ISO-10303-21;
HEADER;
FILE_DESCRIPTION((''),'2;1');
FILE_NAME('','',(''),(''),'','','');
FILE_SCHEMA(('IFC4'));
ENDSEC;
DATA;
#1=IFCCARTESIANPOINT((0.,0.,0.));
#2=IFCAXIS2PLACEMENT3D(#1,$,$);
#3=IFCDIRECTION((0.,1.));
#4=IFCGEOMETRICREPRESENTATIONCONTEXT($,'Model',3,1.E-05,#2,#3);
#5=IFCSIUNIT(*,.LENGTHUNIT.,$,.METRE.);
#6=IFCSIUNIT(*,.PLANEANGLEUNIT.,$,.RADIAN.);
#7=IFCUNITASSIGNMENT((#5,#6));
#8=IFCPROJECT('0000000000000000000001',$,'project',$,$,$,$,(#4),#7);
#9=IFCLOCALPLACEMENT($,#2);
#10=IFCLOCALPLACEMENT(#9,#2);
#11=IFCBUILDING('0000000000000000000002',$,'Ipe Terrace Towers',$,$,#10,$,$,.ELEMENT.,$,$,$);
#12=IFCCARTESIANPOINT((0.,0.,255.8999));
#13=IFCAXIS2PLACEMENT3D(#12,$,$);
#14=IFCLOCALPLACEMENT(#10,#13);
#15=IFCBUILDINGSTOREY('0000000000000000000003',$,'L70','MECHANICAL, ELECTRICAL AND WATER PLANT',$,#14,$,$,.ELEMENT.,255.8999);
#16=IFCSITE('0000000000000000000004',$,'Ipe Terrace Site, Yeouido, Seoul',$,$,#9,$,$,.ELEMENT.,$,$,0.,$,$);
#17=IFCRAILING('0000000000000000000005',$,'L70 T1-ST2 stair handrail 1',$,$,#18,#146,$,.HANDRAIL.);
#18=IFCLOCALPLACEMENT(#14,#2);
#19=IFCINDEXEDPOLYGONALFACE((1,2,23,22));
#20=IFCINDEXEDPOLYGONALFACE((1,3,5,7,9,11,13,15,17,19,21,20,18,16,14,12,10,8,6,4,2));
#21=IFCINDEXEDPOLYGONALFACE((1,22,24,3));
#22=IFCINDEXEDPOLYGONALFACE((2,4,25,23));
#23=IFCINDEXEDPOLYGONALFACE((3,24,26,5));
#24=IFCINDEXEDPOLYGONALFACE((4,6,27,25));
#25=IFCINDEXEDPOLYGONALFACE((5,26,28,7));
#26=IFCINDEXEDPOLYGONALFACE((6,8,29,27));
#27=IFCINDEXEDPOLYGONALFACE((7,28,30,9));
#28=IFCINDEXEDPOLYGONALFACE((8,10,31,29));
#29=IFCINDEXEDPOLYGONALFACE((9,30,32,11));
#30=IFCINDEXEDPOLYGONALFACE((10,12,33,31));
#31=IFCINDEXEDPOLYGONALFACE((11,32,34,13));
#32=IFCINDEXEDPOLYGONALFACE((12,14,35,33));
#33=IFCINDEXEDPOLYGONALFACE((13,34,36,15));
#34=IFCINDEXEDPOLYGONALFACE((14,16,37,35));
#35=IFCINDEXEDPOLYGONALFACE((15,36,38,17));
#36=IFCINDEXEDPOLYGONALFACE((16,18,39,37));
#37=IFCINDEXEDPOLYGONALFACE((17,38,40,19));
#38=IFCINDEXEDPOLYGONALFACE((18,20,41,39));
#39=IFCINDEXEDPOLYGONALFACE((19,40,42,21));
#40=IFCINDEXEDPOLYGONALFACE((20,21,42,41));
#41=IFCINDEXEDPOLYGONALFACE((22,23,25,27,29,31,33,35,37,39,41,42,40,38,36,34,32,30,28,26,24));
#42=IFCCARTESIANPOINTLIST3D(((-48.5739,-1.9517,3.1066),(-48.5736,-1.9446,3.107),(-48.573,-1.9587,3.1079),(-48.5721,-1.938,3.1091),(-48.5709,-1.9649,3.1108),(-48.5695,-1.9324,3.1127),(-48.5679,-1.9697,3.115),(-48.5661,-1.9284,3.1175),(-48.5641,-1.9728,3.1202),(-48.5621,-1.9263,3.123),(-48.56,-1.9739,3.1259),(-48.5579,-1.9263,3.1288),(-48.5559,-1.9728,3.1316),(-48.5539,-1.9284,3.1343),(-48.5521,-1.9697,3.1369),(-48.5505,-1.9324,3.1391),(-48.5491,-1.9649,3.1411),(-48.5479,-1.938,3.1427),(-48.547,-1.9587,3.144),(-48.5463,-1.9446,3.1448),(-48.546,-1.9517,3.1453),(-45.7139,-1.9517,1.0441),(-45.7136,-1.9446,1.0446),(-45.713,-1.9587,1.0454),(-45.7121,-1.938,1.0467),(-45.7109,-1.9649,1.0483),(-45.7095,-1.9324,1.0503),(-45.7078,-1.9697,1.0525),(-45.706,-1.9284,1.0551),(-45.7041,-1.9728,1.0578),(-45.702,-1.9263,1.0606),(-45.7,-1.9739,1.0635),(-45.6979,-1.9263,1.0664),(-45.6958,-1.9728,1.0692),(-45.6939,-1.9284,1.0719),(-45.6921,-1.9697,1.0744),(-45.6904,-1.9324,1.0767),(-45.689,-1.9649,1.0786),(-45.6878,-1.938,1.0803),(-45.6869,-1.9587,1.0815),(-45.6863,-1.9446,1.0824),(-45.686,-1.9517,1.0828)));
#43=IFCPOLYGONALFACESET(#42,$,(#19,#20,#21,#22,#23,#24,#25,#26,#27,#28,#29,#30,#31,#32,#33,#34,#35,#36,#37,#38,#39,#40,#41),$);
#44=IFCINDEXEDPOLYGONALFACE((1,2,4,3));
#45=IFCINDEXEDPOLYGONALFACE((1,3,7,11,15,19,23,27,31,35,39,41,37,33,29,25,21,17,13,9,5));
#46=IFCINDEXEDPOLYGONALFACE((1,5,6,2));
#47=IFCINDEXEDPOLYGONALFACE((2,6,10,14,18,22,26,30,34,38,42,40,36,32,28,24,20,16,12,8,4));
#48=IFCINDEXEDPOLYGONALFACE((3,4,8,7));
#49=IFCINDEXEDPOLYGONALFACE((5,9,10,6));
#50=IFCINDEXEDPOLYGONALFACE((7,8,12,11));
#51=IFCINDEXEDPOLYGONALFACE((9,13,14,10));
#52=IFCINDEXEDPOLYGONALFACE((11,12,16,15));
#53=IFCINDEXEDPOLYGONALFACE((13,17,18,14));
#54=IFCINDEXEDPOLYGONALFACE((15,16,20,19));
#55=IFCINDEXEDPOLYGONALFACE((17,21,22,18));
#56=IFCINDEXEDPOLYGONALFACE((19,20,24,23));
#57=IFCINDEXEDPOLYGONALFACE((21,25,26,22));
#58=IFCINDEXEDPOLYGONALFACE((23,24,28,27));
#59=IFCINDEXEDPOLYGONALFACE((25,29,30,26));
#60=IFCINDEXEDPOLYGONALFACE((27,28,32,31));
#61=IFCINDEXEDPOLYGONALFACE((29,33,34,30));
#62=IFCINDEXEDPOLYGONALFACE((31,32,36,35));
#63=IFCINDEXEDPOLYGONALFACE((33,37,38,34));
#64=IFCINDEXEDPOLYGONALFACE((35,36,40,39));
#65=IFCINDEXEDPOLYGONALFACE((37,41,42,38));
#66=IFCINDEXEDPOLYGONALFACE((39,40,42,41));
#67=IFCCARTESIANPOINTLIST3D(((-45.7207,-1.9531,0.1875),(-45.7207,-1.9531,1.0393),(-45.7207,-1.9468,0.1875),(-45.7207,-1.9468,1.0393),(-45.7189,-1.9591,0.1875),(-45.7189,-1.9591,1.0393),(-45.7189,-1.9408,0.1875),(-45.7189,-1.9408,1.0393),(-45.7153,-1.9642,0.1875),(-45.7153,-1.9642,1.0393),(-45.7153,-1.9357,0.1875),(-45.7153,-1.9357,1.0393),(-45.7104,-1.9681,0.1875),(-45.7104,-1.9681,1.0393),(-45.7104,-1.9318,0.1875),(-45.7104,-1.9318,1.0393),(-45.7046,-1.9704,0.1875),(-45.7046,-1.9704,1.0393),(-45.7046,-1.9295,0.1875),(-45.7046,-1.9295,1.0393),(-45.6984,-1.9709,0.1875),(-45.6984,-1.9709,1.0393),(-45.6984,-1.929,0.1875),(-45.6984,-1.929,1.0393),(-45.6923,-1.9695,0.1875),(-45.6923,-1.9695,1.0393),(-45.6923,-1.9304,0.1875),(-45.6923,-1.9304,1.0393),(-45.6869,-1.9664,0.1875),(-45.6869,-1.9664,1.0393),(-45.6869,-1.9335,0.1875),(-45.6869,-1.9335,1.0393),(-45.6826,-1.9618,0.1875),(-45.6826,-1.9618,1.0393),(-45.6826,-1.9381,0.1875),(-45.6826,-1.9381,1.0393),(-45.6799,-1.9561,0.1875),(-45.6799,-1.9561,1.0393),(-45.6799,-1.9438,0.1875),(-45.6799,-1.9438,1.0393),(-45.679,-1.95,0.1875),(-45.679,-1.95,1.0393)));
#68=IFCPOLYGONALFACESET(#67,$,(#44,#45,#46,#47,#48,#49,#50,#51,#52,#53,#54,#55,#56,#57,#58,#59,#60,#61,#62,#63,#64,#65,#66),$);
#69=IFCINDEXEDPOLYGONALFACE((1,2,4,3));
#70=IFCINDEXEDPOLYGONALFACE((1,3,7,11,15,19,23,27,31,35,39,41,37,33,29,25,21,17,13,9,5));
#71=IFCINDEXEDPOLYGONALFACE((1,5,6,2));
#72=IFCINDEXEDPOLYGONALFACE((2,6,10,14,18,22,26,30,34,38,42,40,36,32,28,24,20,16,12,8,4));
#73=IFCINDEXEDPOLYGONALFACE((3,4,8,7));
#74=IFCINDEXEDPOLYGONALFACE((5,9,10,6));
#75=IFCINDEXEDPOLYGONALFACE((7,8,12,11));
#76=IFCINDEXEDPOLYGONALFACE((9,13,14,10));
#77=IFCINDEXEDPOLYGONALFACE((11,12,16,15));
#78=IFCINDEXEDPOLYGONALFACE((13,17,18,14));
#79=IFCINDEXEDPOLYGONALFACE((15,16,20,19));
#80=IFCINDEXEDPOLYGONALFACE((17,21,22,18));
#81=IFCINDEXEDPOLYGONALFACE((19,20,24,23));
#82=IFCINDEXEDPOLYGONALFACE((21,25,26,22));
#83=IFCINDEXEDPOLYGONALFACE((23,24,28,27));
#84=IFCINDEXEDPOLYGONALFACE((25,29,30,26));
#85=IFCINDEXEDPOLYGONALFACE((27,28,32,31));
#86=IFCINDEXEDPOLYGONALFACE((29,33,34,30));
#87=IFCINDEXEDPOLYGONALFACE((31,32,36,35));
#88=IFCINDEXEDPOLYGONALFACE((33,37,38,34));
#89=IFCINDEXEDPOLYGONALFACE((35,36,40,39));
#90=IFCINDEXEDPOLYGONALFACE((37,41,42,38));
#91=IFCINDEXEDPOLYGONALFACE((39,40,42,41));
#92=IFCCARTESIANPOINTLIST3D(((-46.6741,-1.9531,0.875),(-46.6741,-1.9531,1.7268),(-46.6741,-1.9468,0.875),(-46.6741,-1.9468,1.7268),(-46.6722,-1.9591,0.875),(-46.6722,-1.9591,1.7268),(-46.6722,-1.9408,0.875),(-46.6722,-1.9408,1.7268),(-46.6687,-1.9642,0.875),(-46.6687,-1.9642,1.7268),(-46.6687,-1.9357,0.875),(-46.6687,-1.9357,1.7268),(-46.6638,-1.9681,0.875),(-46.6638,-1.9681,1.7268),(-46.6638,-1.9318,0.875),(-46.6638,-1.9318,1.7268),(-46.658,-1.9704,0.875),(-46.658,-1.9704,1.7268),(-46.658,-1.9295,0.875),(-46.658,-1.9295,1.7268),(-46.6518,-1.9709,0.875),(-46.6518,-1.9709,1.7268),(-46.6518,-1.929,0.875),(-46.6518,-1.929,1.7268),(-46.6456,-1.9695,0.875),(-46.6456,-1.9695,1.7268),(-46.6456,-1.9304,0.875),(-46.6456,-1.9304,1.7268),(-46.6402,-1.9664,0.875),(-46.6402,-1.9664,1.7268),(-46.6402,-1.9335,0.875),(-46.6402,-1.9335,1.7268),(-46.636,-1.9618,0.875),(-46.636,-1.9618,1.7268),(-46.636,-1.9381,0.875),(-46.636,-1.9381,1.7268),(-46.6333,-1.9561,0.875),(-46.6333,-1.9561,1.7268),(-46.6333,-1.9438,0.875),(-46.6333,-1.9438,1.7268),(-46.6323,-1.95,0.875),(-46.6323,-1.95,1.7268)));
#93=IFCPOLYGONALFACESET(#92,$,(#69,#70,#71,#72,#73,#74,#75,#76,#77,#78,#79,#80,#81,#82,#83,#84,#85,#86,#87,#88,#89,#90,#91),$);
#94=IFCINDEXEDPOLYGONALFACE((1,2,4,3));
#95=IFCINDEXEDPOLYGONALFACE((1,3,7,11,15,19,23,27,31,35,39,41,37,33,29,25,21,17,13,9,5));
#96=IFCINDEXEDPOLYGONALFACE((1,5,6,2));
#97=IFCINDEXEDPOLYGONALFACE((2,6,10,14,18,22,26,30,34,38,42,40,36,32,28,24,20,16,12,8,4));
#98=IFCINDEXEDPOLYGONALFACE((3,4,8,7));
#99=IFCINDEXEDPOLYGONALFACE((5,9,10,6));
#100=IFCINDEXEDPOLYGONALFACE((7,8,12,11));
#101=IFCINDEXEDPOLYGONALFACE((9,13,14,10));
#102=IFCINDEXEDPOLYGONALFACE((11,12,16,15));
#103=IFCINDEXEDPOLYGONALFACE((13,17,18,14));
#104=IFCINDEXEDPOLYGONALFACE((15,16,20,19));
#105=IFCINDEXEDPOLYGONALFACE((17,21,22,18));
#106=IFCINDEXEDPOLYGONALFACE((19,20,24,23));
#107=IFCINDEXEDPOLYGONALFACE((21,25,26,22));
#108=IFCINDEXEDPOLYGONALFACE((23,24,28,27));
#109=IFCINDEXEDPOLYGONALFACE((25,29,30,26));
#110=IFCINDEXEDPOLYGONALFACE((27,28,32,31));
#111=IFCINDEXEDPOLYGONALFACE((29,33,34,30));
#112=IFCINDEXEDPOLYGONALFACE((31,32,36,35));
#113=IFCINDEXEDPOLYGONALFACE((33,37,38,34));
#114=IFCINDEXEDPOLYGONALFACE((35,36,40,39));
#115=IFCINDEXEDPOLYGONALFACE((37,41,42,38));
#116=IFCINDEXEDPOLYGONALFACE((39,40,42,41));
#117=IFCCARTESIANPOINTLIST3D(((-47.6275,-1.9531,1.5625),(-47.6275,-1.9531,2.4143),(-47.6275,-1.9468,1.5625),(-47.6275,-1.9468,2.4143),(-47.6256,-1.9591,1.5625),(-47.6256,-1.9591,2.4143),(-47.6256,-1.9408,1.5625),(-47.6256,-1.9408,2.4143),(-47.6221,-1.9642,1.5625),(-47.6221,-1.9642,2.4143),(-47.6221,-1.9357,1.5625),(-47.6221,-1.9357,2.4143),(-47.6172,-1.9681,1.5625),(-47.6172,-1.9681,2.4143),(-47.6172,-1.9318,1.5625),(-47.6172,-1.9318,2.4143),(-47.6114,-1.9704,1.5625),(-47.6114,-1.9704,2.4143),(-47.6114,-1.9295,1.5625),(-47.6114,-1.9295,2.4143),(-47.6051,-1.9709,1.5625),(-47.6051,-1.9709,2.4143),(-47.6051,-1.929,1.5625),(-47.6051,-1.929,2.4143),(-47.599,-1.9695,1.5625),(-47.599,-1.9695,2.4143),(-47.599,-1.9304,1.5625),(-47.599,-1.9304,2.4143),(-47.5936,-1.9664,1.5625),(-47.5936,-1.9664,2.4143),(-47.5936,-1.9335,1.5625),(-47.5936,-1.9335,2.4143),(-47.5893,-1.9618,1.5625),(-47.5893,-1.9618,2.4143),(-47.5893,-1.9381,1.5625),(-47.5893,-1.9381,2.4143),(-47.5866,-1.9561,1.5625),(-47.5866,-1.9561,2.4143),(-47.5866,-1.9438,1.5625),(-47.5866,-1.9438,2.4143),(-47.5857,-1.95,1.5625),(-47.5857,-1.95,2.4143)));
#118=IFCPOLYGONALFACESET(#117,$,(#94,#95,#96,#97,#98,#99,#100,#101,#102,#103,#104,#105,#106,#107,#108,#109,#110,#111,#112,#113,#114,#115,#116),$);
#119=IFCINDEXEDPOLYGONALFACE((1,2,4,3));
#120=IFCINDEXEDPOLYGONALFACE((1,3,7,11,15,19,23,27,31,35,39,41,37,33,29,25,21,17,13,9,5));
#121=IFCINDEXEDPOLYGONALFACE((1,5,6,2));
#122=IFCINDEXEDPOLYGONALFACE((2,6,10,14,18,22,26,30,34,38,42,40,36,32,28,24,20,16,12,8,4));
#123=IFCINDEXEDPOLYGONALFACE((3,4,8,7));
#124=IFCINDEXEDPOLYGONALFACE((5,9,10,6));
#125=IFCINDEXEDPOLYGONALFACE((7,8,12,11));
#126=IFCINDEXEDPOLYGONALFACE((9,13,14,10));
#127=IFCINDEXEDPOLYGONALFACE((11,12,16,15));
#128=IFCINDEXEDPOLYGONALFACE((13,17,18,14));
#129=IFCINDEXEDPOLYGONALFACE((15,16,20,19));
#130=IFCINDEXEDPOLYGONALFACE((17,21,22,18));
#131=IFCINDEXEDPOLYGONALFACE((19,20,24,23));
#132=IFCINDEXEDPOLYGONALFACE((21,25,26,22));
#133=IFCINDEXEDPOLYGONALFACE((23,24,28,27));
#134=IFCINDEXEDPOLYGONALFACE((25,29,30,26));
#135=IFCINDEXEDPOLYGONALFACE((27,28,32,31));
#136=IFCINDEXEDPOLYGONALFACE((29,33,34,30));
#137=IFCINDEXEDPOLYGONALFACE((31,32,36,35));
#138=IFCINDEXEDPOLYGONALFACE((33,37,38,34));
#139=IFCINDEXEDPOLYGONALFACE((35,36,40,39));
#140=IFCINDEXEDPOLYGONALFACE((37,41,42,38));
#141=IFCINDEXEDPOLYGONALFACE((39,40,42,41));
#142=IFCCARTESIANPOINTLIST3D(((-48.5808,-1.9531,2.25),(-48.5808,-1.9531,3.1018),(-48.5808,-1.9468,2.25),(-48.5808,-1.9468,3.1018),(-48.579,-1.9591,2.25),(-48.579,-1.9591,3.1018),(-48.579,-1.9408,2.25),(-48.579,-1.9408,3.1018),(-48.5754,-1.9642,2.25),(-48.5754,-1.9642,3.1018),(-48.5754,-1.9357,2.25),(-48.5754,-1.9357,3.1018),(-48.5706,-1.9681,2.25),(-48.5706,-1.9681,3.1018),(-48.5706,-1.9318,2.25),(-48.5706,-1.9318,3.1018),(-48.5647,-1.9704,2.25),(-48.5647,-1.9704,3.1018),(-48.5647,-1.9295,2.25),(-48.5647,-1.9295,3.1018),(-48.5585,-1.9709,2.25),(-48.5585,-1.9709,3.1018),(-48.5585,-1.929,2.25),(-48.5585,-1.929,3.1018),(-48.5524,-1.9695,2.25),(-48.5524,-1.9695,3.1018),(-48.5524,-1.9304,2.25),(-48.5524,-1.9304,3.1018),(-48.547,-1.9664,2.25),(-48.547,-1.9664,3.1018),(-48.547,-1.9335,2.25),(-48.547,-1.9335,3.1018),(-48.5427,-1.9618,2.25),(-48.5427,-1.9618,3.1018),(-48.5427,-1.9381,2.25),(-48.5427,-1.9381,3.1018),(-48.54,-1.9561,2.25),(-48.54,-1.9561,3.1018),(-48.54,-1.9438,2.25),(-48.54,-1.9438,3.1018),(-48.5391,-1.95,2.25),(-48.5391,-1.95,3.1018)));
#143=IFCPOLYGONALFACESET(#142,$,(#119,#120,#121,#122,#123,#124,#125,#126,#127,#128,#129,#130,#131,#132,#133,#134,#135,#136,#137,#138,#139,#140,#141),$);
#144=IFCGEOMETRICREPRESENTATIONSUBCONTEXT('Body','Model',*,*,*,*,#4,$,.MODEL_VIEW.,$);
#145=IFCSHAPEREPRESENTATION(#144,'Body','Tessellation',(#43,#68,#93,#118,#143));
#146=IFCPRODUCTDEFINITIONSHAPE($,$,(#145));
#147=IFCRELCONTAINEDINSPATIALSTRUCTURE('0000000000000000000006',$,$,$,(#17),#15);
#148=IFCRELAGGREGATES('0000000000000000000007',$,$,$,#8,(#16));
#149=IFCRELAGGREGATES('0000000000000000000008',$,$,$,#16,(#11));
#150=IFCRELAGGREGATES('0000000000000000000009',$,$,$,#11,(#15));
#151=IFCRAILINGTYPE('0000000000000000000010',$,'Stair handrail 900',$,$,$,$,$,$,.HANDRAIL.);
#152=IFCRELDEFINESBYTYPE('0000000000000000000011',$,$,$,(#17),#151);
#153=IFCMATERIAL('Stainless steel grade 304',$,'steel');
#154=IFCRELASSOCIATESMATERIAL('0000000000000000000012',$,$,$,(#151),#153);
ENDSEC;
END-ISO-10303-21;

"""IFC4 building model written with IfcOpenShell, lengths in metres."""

from ifc_helpers import new_model, si_unit, direction, frame, origin, origin_2d, place, context, subcontext, project, spatial, circle, extrude, material, type_object, element, save


model = new_model("IFC4")

# Units and contexts
model_context = context("Model", 3, precision=1e-05, world=origin(), true_north=direction((0.0, 1.0)))
body_context = subcontext(model_context, "Body", "Model", "MODEL_VIEW")
ifc_project = project(units=[si_unit("LENGTHUNIT", "METRE"), si_unit("PLANEANGLEUNIT", "RADIAN")], contexts=[model_context])

# Site, building, storey
site_placement = place(None, origin())
site = spatial("IfcSite", under=ifc_project, at=site_placement, Name="Ipe Terrace Site, Yeouido, Seoul", CompositionType="ELEMENT", RefElevation=0.0)
building_placement = place(site_placement, origin())
building = spatial("IfcBuilding", under=site, at=building_placement, Name="Ipe Terrace Towers", CompositionType="ELEMENT")
storey_placement = place(building_placement, frame((0.0, 0.0, 255.8999)))
storey = spatial("IfcBuildingStorey", under=building, at=storey_placement, Name="L70", Description="MECHANICAL, ELECTRICAL AND WATER PLANT", CompositionType="ELEMENT", Elevation=255.8999)

# Railing
ifc_material_1 = material(Name="Stainless steel grade 304", Category="steel")
railing_type_1 = type_object("IfcRailingType", Name="Stair handrail 900", PredefinedType="HANDRAIL", material=ifc_material_1)
railing_1_placement = place(storey_placement, frame((-45.7, -1.95, 0.1875)))
element("IfcRailing", 1, at=railing_1_placement, inside=storey, type_object=railing_type_1, Name="L70 T1-ST2 stair handrail 1", PredefinedType="HANDRAIL", context=body_context, shape_type="SweptSolid", body=[
    extrude(circle(Radius=0.0239, at=origin_2d()), frame((0.0, 0.0, 0.876), z_axis=(-0.811101, 0.0, 0.584906), x_axis=(0.0, -1.0, 0.0)), (0.0, 0.0, 1.0), 3.5261),
    extrude(circle(Radius=0.021, at=origin_2d()), origin(), (0.0, 0.0, 1.0), 0.8518),
    extrude(circle(Radius=0.021, at=origin_2d()), frame((-0.9534, 0.0, 0.6875)), (0.0, 0.0, 1.0), 0.8518),
    extrude(circle(Radius=0.021, at=origin_2d()), frame((-1.9067, 0.0, 1.375)), (0.0, 0.0, 1.0), 0.8518),
    extrude(circle(Radius=0.021, at=origin_2d()), frame((-2.8601, 0.0, 2.0625)), (0.0, 0.0, 1.0), 0.8518),
])

save(model, "model.ifc")
